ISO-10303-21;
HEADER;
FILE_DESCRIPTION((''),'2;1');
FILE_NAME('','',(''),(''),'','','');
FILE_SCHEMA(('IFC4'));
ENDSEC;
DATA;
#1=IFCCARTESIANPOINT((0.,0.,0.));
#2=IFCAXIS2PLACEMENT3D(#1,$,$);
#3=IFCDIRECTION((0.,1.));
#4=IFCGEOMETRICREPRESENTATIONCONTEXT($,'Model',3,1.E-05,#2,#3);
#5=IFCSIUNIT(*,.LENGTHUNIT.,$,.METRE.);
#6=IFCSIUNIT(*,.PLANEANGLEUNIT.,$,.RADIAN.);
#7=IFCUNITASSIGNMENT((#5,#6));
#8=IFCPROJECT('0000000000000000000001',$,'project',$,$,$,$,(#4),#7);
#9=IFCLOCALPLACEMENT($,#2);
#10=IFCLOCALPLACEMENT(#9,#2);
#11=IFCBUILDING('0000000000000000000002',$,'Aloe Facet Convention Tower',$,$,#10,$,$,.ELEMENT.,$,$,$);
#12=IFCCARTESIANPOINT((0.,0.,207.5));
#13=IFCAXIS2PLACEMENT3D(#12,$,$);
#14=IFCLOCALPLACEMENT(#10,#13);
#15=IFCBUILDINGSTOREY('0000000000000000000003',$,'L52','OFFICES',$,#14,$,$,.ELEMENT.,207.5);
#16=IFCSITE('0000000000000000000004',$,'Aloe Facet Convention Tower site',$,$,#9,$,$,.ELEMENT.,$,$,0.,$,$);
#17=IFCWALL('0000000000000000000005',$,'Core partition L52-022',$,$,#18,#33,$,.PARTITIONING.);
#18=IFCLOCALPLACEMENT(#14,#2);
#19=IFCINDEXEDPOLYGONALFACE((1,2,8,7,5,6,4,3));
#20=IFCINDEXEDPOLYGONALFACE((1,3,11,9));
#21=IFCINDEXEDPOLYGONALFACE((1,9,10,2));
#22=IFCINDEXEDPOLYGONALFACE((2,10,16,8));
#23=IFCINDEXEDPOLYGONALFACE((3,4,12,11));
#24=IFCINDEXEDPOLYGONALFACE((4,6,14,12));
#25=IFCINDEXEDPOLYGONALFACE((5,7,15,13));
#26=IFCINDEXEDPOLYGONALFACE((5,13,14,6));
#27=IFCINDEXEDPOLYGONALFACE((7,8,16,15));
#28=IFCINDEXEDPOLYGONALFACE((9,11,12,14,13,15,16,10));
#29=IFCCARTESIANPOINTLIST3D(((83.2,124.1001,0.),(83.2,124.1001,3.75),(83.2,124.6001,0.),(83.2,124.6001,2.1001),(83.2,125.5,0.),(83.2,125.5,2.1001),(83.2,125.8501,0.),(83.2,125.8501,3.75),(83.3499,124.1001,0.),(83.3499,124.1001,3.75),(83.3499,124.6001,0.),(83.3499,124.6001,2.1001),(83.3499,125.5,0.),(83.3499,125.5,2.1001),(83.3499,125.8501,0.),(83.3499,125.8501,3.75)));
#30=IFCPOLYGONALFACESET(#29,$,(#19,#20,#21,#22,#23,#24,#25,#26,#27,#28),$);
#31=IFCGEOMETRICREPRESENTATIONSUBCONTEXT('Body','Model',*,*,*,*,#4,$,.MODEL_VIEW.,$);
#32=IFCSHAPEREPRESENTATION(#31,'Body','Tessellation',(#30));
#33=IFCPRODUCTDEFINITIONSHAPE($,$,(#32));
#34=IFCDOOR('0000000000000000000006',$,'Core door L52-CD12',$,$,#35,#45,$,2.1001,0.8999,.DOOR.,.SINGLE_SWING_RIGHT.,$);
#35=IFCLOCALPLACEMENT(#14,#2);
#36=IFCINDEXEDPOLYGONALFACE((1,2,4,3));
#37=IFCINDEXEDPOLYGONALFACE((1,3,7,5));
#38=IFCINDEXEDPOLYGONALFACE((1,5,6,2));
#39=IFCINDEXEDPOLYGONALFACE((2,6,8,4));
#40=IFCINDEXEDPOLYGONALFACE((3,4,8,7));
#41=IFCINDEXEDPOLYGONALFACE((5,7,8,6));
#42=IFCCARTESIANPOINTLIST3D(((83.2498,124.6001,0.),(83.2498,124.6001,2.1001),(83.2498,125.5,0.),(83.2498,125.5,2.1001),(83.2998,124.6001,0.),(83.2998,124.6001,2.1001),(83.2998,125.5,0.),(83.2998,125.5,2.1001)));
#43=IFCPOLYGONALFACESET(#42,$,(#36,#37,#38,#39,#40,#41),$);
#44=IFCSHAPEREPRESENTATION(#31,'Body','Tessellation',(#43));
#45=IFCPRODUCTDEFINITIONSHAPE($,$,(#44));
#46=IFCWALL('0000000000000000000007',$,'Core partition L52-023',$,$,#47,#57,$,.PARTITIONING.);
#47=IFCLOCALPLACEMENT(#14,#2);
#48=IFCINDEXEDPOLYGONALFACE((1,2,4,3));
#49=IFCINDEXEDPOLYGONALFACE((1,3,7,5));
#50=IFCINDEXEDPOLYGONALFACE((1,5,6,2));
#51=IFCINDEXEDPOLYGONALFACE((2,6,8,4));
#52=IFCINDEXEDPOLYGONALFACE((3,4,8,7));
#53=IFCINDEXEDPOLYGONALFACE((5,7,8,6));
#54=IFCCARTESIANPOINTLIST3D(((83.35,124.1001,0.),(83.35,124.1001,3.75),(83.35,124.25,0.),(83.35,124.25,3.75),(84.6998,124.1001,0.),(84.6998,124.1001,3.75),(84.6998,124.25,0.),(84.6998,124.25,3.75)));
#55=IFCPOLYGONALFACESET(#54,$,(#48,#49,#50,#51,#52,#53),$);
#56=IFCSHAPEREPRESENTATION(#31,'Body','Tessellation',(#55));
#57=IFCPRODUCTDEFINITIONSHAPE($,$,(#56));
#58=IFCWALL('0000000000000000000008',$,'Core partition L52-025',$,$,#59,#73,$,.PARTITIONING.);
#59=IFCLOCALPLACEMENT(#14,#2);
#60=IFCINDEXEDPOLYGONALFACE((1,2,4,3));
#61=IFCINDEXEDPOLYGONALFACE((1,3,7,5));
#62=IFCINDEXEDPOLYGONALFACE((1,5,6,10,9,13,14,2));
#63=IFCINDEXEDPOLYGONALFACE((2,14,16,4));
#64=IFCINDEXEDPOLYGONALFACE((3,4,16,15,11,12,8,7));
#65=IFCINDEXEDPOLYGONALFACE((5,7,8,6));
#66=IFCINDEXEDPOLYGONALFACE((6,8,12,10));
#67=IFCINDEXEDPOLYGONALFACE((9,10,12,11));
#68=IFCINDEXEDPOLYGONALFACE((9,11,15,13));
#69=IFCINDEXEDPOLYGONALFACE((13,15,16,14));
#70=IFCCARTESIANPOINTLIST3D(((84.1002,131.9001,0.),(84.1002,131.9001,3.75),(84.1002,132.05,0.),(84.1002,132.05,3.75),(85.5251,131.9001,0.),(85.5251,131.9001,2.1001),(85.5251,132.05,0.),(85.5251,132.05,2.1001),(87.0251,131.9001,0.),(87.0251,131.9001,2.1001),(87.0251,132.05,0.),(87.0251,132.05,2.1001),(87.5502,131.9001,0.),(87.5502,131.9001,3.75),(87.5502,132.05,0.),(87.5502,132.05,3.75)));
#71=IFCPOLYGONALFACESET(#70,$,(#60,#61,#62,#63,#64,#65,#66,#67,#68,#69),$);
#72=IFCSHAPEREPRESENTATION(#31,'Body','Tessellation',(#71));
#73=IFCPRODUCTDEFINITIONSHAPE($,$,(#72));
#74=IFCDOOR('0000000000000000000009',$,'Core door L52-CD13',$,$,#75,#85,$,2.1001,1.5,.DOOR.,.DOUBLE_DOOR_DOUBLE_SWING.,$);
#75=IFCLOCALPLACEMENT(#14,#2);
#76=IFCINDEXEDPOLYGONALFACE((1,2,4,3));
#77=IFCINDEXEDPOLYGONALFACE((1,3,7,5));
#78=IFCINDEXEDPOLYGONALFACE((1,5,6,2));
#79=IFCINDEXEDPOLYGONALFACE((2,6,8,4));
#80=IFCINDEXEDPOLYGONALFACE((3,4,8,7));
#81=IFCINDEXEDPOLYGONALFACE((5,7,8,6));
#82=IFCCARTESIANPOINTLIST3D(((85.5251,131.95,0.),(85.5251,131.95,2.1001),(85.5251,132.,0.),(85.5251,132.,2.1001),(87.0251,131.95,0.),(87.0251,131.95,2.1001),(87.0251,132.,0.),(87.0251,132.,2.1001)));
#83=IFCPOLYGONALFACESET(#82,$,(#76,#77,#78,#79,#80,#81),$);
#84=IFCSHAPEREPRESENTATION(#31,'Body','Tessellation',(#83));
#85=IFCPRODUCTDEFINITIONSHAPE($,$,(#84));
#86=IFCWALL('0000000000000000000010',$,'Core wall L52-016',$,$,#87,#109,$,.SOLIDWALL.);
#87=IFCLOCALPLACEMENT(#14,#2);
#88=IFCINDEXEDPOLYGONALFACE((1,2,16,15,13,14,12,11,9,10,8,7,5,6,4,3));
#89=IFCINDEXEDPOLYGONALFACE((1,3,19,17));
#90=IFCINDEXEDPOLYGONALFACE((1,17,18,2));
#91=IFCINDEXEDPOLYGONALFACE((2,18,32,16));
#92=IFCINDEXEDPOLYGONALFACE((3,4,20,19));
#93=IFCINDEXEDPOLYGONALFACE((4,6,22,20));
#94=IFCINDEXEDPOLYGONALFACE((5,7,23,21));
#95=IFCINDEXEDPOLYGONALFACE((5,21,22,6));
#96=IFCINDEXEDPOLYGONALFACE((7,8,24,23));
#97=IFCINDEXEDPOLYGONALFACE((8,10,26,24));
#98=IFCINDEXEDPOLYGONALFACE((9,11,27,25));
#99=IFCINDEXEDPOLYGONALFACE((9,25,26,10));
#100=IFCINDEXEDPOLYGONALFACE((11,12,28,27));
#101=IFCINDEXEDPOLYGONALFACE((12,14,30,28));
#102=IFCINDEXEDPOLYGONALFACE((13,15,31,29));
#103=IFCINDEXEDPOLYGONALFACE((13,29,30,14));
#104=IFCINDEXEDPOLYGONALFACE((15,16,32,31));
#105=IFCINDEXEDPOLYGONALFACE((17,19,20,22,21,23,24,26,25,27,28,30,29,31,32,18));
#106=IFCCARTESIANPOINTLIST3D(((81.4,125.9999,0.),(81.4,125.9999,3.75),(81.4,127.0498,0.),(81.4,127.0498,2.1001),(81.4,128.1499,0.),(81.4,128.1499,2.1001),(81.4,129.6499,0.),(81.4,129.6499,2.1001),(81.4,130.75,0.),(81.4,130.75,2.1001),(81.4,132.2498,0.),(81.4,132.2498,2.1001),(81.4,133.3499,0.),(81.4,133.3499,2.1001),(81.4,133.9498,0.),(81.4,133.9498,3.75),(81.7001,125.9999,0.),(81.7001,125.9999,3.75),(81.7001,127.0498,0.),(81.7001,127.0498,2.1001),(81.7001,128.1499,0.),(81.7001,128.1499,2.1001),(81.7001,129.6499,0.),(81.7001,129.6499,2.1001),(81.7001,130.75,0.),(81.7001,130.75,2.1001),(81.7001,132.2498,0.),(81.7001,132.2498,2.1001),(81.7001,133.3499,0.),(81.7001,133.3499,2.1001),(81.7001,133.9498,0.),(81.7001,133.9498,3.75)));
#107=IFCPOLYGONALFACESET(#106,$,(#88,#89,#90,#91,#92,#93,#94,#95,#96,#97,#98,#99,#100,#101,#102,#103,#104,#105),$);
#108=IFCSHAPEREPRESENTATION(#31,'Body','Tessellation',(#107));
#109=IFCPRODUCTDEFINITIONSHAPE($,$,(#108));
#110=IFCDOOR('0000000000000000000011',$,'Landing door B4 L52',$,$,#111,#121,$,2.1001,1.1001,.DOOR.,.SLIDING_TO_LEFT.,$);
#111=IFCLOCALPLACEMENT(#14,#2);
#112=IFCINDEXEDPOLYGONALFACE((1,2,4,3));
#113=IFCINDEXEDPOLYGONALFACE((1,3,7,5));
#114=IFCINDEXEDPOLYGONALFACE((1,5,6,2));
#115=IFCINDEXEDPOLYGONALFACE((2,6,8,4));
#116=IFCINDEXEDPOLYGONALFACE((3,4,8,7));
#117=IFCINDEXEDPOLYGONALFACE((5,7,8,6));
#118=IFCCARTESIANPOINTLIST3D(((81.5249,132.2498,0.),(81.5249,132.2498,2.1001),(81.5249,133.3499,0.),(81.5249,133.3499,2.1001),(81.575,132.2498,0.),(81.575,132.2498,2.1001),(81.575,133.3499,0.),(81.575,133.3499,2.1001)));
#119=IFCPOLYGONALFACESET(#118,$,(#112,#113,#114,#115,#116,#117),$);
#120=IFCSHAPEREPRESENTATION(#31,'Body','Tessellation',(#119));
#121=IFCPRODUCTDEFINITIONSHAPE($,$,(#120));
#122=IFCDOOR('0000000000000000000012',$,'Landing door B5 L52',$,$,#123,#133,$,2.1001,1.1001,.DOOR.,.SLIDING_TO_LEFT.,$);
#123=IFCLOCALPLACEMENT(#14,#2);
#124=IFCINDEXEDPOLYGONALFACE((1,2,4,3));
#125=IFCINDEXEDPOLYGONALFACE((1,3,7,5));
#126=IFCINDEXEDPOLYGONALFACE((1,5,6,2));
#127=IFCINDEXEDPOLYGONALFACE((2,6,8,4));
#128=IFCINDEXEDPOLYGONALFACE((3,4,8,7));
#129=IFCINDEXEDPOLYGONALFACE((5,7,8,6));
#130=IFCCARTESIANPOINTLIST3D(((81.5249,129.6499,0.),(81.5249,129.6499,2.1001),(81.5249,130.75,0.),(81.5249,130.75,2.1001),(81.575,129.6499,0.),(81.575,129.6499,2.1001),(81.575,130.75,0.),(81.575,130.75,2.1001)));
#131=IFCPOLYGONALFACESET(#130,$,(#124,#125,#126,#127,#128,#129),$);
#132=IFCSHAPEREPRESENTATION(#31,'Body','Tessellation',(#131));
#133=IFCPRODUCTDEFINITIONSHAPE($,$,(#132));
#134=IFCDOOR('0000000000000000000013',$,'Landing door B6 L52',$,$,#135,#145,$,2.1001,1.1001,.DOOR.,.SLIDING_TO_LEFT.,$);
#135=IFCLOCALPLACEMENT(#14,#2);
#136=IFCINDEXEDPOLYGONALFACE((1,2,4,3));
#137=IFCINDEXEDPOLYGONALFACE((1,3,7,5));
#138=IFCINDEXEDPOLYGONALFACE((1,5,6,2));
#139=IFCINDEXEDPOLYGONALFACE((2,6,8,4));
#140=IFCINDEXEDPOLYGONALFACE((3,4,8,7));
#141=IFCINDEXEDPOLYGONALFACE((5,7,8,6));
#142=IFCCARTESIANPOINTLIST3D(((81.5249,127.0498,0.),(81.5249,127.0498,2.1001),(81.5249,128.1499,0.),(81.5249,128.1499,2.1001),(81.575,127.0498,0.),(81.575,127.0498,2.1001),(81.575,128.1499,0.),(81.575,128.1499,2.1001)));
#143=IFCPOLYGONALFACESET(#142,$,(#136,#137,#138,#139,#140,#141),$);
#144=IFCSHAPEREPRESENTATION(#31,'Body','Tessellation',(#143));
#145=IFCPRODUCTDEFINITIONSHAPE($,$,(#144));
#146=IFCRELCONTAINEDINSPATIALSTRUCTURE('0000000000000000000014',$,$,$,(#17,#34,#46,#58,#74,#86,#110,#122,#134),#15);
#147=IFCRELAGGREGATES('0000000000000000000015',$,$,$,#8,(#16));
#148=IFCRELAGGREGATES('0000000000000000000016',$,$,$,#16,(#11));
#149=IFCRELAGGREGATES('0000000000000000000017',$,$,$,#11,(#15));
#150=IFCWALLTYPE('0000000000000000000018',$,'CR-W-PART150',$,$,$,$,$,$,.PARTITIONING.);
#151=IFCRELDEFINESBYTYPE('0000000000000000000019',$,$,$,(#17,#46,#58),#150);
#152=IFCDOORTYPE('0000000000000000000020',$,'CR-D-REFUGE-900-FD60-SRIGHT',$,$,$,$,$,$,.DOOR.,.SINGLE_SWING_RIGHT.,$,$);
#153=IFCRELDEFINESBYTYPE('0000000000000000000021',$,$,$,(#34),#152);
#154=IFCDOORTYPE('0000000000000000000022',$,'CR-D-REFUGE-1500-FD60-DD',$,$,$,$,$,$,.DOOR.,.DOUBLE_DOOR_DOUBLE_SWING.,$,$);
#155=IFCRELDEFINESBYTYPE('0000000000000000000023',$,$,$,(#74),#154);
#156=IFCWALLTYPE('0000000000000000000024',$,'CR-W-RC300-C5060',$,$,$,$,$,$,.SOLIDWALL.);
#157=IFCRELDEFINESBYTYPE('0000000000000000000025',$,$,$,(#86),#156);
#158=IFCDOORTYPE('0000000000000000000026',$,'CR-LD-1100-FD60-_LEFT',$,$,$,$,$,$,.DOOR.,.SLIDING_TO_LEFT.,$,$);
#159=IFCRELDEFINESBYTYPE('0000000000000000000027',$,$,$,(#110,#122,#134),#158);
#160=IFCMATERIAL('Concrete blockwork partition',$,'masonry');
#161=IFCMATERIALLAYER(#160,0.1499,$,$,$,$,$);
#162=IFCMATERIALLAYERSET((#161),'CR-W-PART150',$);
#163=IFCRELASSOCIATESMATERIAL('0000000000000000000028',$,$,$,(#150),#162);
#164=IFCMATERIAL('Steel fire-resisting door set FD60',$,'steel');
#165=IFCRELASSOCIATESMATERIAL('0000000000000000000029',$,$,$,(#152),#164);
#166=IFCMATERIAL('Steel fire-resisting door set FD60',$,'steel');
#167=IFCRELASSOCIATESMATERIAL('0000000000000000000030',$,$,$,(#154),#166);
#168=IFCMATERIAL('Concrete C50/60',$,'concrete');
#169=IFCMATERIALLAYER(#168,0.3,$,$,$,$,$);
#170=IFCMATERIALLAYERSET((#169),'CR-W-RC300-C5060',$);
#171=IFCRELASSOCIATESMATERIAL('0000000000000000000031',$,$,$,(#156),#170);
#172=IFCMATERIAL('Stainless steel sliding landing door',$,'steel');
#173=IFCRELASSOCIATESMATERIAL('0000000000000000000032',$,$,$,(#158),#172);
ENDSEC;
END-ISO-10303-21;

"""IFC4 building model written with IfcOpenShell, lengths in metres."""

from ifc_helpers import new_model, si_unit, direction, frame, frame_2d, origin, place, context, subcontext, project, spatial, rectangle, extrude, material, layer, layer_set, type_object, element, fill, save


model = new_model("IFC4")

# Units and contexts
model_context = context("Model", 3, precision=1e-05, world=origin(), true_north=direction((0.0, 1.0)))
body_context = subcontext(model_context, "Body", "Model", "MODEL_VIEW")
ifc_project = project(units=[si_unit("LENGTHUNIT", "METRE"), si_unit("PLANEANGLEUNIT", "RADIAN")], contexts=[model_context])

# Site, building, storey
site_placement = place(None, origin())
site = spatial("IfcSite", under=ifc_project, at=site_placement, Name="Aloe Facet Convention Tower site", CompositionType="ELEMENT", RefElevation=0.0)
building_placement = place(site_placement, origin())
building = spatial("IfcBuilding", under=site, at=building_placement, Name="Aloe Facet Convention Tower", CompositionType="ELEMENT")
storey_placement = place(building_placement, frame((0.0, 0.0, 207.5)))
storey = spatial("IfcBuildingStorey", under=building, at=storey_placement, Name="L52", Description="OFFICES", CompositionType="ELEMENT", Elevation=207.5)

# Wall, opening, door
ifc_material_1 = material(Name="Concrete blockwork partition", Category="masonry")
ifc_layer_1 = layer(ifc_material_1, 0.1499)
ifc_layer_set_1 = layer_set([ifc_layer_1], Name="CR-W-PART150")
wall_type_1 = type_object("IfcWallType", Name="CR-W-PART150", PredefinedType="PARTITIONING", material=ifc_layer_set_1)
wall_1_placement = place(storey_placement, frame((83.2749, 125.8501, 0.0), z_axis=(0.0, 0.0, 1.0), x_axis=(0.0, -1.0, 0.0)))
wall_1 = element("IfcWall", 1, at=wall_1_placement, inside=storey, type_object=wall_type_1, Name="Core partition L52-022", PredefinedType="PARTITIONING", context=body_context, shape_type="SweptSolid", body=[
    extrude(rectangle(XDim=1.75, YDim=0.1499, at=frame_2d((0.875, 0.0))), origin(), (0.0, 0.0, 1.0), 3.75),
])
opening_1_placement = place(wall_1_placement, frame((0.3501, 0.0, 0.0)))
opening_1 = element("IfcOpeningElement", 2, at=opening_1_placement, cuts=wall_1, PredefinedType="OPENING", context=body_context, shape_type="SweptSolid", body=[
    extrude(rectangle(XDim=0.8999, YDim=2.1001, at=frame_2d((0.45, 1.05))), frame((0.0, 0.085, 0.0), z_axis=(0.0, -1.0, 0.0), x_axis=(1.0, 0.0, 0.0)), (0.0, 0.0, 1.0), 0.1699),
])
ifc_material_2 = material(Name="Steel fire-resisting door set FD60", Category="steel")
door_type_1 = type_object("IfcDoorType", Name="CR-D-REFUGE-900-FD60-SRIGHT", OperationType="SINGLE_SWING_RIGHT", PredefinedType="DOOR", material=ifc_material_2)
door_1_placement = place(opening_1_placement, origin())
door_1 = element("IfcDoor", 3, at=door_1_placement, inside=storey, type_object=door_type_1, Name="Core door L52-CD12", OperationType="SINGLE_SWING_RIGHT", OverallHeight=2.1001, OverallWidth=0.8999, PredefinedType="DOOR", context=body_context, shape_type="SweptSolid", body=[
    extrude(rectangle(XDim=0.8999, YDim=2.1001, at=frame_2d((0.45, 1.05))), frame((0.0, 0.0249, 0.0), z_axis=(0.0, -1.0, 0.0), x_axis=(1.0, 0.0, 0.0)), (0.0, 0.0, 1.0), 0.05),
])
fill(opening_1, door_1)

# Wall
wall_2_placement = place(storey_placement, frame((83.3501, 124.175, 0.0), z_axis=(0.0, 0.0, 1.0), x_axis=(1.0, 0.0, 0.0)))
element("IfcWall", 4, at=wall_2_placement, inside=storey, type_object=wall_type_1, Name="Core partition L52-023", PredefinedType="PARTITIONING", context=body_context, shape_type="SweptSolid", body=[
    extrude(rectangle(XDim=1.3499, YDim=0.1499, at=frame_2d((0.6748, 0.0))), origin(), (0.0, 0.0, 1.0), 3.75),
])

# Wall, opening, door
wall_3_placement = place(storey_placement, frame((84.1001, 131.9751, 0.0), z_axis=(0.0, 0.0, 1.0), x_axis=(1.0, 0.0, 0.0)))
wall_3 = element("IfcWall", 5, at=wall_3_placement, inside=storey, type_object=wall_type_1, Name="Core partition L52-025", PredefinedType="PARTITIONING", context=body_context, shape_type="SweptSolid", body=[
    extrude(rectangle(XDim=3.45, YDim=0.1499, at=frame_2d((1.7251, 0.0))), origin(), (0.0, 0.0, 1.0), 3.75),
])
opening_2_placement = place(wall_3_placement, frame((1.425, 0.0, 0.0)))
opening_2 = element("IfcOpeningElement", 6, at=opening_2_placement, cuts=wall_3, PredefinedType="OPENING", context=body_context, shape_type="SweptSolid", body=[
    extrude(rectangle(XDim=1.5, YDim=2.1001, at=frame_2d((0.75, 1.05))), frame((0.0, 0.085, 0.0), z_axis=(0.0, -1.0, 0.0), x_axis=(1.0, 0.0, 0.0)), (0.0, 0.0, 1.0), 0.1699),
])
ifc_material_3 = material(Name="Steel fire-resisting door set FD60", Category="steel")
door_type_2 = type_object("IfcDoorType", Name="CR-D-REFUGE-1500-FD60-DD", OperationType="DOUBLE_DOOR_DOUBLE_SWING", PredefinedType="DOOR", material=ifc_material_3)
door_2_placement = place(opening_2_placement, origin())
door_2 = element("IfcDoor", 7, at=door_2_placement, inside=storey, type_object=door_type_2, Name="Core door L52-CD13", OperationType="DOUBLE_DOOR_DOUBLE_SWING", OverallHeight=2.1001, OverallWidth=1.5, PredefinedType="DOOR", context=body_context, shape_type="SweptSolid", body=[
    extrude(rectangle(XDim=1.5, YDim=2.1001, at=frame_2d((0.75, 1.05))), frame((0.0, 0.0249, 0.0), z_axis=(0.0, -1.0, 0.0), x_axis=(1.0, 0.0, 0.0)), (0.0, 0.0, 1.0), 0.05),
])
fill(opening_2, door_2)

# Wall, openings, doors
ifc_material_4 = material(Name="Concrete C50/60", Category="concrete")
ifc_layer_2 = layer(ifc_material_4, 0.3)
ifc_layer_set_2 = layer_set([ifc_layer_2], Name="CR-W-RC300-C5060")
wall_type_2 = type_object("IfcWallType", Name="CR-W-RC300-C5060", PredefinedType="SOLIDWALL", material=ifc_layer_set_2)
wall_4_placement = place(storey_placement, frame((81.55, 133.95, 0.0), z_axis=(0.0, 0.0, 1.0), x_axis=(0.0, -1.0, 0.0)))
wall_4 = element("IfcWall", 8, at=wall_4_placement, inside=storey, type_object=wall_type_2, Name="Core wall L52-016", PredefinedType="SOLIDWALL", context=body_context, shape_type="SweptSolid", body=[
    extrude(rectangle(XDim=7.95, YDim=0.3, at=frame_2d((3.9751, 0.0))), origin(), (0.0, 0.0, 1.0), 3.75),
])
opening_3_placement = place(wall_4_placement, frame((0.6001, 0.0, 0.0)))
opening_3 = element("IfcOpeningElement", 9, at=opening_3_placement, cuts=wall_4, PredefinedType="OPENING", context=body_context, shape_type="SweptSolid", body=[
    extrude(rectangle(XDim=1.1001, YDim=2.1001, at=frame_2d((0.55, 1.05))), frame((0.0, 0.1602, 0.0), z_axis=(0.0, -1.0, 0.0), x_axis=(1.0, 0.0, 0.0)), (0.0, 0.0, 1.0), 0.3201),
])
opening_4_placement = place(wall_4_placement, frame((3.2, 0.0, 0.0)))
opening_4 = element("IfcOpeningElement", 10, at=opening_4_placement, cuts=wall_4, PredefinedType="OPENING", context=body_context, shape_type="SweptSolid", body=[
    extrude(rectangle(XDim=1.1001, YDim=2.1001, at=frame_2d((0.55, 1.05))), frame((0.0, 0.1602, 0.0), z_axis=(0.0, -1.0, 0.0), x_axis=(1.0, 0.0, 0.0)), (0.0, 0.0, 1.0), 0.3201),
])
opening_5_placement = place(wall_4_placement, frame((5.8, 0.0, 0.0)))
opening_5 = element("IfcOpeningElement", 11, at=opening_5_placement, cuts=wall_4, PredefinedType="OPENING", context=body_context, shape_type="SweptSolid", body=[
    extrude(rectangle(XDim=1.1001, YDim=2.1001, at=frame_2d((0.55, 1.05))), frame((0.0, 0.1602, 0.0), z_axis=(0.0, -1.0, 0.0), x_axis=(1.0, 0.0, 0.0)), (0.0, 0.0, 1.0), 0.3201),
])
ifc_material_5 = material(Name="Stainless steel sliding landing door", Category="steel")
door_type_3 = type_object("IfcDoorType", Name="CR-LD-1100-FD60-_LEFT", OperationType="SLIDING_TO_LEFT", PredefinedType="DOOR", material=ifc_material_5)
door_3_placement = place(opening_3_placement, origin())
door_3 = element("IfcDoor", 12, at=door_3_placement, inside=storey, type_object=door_type_3, Name="Landing door B4 L52", OperationType="SLIDING_TO_LEFT", OverallHeight=2.1001, OverallWidth=1.1001, PredefinedType="DOOR", context=body_context, shape_type="SweptSolid", body=[
    extrude(rectangle(XDim=1.1001, YDim=2.1001, at=frame_2d((0.55, 1.05))), frame((0.0, 0.0249, 0.0), z_axis=(0.0, -1.0, 0.0), x_axis=(1.0, 0.0, 0.0)), (0.0, 0.0, 1.0), 0.05),
])
fill(opening_3, door_3)
door_4_placement = place(opening_4_placement, origin())
door_4 = element("IfcDoor", 13, at=door_4_placement, inside=storey, type_object=door_type_3, Name="Landing door B5 L52", OperationType="SLIDING_TO_LEFT", OverallHeight=2.1001, OverallWidth=1.1001, PredefinedType="DOOR", context=body_context, shape_type="SweptSolid", body=[
    extrude(rectangle(XDim=1.1001, YDim=2.1001, at=frame_2d((0.55, 1.05))), frame((0.0, 0.0249, 0.0), z_axis=(0.0, -1.0, 0.0), x_axis=(1.0, 0.0, 0.0)), (0.0, 0.0, 1.0), 0.05),
])
fill(opening_4, door_4)
door_5_placement = place(opening_5_placement, origin())
door_5 = element("IfcDoor", 14, at=door_5_placement, inside=storey, type_object=door_type_3, Name="Landing door B6 L52", OperationType="SLIDING_TO_LEFT", OverallHeight=2.1001, OverallWidth=1.1001, PredefinedType="DOOR", context=body_context, shape_type="SweptSolid", body=[
    extrude(rectangle(XDim=1.1001, YDim=2.1001, at=frame_2d((0.55, 1.05))), frame((0.0, 0.0249, 0.0), z_axis=(0.0, -1.0, 0.0), x_axis=(1.0, 0.0, 0.0)), (0.0, 0.0, 1.0), 0.05),
])
fill(opening_5, door_5)

save(model, "model.ifc")
